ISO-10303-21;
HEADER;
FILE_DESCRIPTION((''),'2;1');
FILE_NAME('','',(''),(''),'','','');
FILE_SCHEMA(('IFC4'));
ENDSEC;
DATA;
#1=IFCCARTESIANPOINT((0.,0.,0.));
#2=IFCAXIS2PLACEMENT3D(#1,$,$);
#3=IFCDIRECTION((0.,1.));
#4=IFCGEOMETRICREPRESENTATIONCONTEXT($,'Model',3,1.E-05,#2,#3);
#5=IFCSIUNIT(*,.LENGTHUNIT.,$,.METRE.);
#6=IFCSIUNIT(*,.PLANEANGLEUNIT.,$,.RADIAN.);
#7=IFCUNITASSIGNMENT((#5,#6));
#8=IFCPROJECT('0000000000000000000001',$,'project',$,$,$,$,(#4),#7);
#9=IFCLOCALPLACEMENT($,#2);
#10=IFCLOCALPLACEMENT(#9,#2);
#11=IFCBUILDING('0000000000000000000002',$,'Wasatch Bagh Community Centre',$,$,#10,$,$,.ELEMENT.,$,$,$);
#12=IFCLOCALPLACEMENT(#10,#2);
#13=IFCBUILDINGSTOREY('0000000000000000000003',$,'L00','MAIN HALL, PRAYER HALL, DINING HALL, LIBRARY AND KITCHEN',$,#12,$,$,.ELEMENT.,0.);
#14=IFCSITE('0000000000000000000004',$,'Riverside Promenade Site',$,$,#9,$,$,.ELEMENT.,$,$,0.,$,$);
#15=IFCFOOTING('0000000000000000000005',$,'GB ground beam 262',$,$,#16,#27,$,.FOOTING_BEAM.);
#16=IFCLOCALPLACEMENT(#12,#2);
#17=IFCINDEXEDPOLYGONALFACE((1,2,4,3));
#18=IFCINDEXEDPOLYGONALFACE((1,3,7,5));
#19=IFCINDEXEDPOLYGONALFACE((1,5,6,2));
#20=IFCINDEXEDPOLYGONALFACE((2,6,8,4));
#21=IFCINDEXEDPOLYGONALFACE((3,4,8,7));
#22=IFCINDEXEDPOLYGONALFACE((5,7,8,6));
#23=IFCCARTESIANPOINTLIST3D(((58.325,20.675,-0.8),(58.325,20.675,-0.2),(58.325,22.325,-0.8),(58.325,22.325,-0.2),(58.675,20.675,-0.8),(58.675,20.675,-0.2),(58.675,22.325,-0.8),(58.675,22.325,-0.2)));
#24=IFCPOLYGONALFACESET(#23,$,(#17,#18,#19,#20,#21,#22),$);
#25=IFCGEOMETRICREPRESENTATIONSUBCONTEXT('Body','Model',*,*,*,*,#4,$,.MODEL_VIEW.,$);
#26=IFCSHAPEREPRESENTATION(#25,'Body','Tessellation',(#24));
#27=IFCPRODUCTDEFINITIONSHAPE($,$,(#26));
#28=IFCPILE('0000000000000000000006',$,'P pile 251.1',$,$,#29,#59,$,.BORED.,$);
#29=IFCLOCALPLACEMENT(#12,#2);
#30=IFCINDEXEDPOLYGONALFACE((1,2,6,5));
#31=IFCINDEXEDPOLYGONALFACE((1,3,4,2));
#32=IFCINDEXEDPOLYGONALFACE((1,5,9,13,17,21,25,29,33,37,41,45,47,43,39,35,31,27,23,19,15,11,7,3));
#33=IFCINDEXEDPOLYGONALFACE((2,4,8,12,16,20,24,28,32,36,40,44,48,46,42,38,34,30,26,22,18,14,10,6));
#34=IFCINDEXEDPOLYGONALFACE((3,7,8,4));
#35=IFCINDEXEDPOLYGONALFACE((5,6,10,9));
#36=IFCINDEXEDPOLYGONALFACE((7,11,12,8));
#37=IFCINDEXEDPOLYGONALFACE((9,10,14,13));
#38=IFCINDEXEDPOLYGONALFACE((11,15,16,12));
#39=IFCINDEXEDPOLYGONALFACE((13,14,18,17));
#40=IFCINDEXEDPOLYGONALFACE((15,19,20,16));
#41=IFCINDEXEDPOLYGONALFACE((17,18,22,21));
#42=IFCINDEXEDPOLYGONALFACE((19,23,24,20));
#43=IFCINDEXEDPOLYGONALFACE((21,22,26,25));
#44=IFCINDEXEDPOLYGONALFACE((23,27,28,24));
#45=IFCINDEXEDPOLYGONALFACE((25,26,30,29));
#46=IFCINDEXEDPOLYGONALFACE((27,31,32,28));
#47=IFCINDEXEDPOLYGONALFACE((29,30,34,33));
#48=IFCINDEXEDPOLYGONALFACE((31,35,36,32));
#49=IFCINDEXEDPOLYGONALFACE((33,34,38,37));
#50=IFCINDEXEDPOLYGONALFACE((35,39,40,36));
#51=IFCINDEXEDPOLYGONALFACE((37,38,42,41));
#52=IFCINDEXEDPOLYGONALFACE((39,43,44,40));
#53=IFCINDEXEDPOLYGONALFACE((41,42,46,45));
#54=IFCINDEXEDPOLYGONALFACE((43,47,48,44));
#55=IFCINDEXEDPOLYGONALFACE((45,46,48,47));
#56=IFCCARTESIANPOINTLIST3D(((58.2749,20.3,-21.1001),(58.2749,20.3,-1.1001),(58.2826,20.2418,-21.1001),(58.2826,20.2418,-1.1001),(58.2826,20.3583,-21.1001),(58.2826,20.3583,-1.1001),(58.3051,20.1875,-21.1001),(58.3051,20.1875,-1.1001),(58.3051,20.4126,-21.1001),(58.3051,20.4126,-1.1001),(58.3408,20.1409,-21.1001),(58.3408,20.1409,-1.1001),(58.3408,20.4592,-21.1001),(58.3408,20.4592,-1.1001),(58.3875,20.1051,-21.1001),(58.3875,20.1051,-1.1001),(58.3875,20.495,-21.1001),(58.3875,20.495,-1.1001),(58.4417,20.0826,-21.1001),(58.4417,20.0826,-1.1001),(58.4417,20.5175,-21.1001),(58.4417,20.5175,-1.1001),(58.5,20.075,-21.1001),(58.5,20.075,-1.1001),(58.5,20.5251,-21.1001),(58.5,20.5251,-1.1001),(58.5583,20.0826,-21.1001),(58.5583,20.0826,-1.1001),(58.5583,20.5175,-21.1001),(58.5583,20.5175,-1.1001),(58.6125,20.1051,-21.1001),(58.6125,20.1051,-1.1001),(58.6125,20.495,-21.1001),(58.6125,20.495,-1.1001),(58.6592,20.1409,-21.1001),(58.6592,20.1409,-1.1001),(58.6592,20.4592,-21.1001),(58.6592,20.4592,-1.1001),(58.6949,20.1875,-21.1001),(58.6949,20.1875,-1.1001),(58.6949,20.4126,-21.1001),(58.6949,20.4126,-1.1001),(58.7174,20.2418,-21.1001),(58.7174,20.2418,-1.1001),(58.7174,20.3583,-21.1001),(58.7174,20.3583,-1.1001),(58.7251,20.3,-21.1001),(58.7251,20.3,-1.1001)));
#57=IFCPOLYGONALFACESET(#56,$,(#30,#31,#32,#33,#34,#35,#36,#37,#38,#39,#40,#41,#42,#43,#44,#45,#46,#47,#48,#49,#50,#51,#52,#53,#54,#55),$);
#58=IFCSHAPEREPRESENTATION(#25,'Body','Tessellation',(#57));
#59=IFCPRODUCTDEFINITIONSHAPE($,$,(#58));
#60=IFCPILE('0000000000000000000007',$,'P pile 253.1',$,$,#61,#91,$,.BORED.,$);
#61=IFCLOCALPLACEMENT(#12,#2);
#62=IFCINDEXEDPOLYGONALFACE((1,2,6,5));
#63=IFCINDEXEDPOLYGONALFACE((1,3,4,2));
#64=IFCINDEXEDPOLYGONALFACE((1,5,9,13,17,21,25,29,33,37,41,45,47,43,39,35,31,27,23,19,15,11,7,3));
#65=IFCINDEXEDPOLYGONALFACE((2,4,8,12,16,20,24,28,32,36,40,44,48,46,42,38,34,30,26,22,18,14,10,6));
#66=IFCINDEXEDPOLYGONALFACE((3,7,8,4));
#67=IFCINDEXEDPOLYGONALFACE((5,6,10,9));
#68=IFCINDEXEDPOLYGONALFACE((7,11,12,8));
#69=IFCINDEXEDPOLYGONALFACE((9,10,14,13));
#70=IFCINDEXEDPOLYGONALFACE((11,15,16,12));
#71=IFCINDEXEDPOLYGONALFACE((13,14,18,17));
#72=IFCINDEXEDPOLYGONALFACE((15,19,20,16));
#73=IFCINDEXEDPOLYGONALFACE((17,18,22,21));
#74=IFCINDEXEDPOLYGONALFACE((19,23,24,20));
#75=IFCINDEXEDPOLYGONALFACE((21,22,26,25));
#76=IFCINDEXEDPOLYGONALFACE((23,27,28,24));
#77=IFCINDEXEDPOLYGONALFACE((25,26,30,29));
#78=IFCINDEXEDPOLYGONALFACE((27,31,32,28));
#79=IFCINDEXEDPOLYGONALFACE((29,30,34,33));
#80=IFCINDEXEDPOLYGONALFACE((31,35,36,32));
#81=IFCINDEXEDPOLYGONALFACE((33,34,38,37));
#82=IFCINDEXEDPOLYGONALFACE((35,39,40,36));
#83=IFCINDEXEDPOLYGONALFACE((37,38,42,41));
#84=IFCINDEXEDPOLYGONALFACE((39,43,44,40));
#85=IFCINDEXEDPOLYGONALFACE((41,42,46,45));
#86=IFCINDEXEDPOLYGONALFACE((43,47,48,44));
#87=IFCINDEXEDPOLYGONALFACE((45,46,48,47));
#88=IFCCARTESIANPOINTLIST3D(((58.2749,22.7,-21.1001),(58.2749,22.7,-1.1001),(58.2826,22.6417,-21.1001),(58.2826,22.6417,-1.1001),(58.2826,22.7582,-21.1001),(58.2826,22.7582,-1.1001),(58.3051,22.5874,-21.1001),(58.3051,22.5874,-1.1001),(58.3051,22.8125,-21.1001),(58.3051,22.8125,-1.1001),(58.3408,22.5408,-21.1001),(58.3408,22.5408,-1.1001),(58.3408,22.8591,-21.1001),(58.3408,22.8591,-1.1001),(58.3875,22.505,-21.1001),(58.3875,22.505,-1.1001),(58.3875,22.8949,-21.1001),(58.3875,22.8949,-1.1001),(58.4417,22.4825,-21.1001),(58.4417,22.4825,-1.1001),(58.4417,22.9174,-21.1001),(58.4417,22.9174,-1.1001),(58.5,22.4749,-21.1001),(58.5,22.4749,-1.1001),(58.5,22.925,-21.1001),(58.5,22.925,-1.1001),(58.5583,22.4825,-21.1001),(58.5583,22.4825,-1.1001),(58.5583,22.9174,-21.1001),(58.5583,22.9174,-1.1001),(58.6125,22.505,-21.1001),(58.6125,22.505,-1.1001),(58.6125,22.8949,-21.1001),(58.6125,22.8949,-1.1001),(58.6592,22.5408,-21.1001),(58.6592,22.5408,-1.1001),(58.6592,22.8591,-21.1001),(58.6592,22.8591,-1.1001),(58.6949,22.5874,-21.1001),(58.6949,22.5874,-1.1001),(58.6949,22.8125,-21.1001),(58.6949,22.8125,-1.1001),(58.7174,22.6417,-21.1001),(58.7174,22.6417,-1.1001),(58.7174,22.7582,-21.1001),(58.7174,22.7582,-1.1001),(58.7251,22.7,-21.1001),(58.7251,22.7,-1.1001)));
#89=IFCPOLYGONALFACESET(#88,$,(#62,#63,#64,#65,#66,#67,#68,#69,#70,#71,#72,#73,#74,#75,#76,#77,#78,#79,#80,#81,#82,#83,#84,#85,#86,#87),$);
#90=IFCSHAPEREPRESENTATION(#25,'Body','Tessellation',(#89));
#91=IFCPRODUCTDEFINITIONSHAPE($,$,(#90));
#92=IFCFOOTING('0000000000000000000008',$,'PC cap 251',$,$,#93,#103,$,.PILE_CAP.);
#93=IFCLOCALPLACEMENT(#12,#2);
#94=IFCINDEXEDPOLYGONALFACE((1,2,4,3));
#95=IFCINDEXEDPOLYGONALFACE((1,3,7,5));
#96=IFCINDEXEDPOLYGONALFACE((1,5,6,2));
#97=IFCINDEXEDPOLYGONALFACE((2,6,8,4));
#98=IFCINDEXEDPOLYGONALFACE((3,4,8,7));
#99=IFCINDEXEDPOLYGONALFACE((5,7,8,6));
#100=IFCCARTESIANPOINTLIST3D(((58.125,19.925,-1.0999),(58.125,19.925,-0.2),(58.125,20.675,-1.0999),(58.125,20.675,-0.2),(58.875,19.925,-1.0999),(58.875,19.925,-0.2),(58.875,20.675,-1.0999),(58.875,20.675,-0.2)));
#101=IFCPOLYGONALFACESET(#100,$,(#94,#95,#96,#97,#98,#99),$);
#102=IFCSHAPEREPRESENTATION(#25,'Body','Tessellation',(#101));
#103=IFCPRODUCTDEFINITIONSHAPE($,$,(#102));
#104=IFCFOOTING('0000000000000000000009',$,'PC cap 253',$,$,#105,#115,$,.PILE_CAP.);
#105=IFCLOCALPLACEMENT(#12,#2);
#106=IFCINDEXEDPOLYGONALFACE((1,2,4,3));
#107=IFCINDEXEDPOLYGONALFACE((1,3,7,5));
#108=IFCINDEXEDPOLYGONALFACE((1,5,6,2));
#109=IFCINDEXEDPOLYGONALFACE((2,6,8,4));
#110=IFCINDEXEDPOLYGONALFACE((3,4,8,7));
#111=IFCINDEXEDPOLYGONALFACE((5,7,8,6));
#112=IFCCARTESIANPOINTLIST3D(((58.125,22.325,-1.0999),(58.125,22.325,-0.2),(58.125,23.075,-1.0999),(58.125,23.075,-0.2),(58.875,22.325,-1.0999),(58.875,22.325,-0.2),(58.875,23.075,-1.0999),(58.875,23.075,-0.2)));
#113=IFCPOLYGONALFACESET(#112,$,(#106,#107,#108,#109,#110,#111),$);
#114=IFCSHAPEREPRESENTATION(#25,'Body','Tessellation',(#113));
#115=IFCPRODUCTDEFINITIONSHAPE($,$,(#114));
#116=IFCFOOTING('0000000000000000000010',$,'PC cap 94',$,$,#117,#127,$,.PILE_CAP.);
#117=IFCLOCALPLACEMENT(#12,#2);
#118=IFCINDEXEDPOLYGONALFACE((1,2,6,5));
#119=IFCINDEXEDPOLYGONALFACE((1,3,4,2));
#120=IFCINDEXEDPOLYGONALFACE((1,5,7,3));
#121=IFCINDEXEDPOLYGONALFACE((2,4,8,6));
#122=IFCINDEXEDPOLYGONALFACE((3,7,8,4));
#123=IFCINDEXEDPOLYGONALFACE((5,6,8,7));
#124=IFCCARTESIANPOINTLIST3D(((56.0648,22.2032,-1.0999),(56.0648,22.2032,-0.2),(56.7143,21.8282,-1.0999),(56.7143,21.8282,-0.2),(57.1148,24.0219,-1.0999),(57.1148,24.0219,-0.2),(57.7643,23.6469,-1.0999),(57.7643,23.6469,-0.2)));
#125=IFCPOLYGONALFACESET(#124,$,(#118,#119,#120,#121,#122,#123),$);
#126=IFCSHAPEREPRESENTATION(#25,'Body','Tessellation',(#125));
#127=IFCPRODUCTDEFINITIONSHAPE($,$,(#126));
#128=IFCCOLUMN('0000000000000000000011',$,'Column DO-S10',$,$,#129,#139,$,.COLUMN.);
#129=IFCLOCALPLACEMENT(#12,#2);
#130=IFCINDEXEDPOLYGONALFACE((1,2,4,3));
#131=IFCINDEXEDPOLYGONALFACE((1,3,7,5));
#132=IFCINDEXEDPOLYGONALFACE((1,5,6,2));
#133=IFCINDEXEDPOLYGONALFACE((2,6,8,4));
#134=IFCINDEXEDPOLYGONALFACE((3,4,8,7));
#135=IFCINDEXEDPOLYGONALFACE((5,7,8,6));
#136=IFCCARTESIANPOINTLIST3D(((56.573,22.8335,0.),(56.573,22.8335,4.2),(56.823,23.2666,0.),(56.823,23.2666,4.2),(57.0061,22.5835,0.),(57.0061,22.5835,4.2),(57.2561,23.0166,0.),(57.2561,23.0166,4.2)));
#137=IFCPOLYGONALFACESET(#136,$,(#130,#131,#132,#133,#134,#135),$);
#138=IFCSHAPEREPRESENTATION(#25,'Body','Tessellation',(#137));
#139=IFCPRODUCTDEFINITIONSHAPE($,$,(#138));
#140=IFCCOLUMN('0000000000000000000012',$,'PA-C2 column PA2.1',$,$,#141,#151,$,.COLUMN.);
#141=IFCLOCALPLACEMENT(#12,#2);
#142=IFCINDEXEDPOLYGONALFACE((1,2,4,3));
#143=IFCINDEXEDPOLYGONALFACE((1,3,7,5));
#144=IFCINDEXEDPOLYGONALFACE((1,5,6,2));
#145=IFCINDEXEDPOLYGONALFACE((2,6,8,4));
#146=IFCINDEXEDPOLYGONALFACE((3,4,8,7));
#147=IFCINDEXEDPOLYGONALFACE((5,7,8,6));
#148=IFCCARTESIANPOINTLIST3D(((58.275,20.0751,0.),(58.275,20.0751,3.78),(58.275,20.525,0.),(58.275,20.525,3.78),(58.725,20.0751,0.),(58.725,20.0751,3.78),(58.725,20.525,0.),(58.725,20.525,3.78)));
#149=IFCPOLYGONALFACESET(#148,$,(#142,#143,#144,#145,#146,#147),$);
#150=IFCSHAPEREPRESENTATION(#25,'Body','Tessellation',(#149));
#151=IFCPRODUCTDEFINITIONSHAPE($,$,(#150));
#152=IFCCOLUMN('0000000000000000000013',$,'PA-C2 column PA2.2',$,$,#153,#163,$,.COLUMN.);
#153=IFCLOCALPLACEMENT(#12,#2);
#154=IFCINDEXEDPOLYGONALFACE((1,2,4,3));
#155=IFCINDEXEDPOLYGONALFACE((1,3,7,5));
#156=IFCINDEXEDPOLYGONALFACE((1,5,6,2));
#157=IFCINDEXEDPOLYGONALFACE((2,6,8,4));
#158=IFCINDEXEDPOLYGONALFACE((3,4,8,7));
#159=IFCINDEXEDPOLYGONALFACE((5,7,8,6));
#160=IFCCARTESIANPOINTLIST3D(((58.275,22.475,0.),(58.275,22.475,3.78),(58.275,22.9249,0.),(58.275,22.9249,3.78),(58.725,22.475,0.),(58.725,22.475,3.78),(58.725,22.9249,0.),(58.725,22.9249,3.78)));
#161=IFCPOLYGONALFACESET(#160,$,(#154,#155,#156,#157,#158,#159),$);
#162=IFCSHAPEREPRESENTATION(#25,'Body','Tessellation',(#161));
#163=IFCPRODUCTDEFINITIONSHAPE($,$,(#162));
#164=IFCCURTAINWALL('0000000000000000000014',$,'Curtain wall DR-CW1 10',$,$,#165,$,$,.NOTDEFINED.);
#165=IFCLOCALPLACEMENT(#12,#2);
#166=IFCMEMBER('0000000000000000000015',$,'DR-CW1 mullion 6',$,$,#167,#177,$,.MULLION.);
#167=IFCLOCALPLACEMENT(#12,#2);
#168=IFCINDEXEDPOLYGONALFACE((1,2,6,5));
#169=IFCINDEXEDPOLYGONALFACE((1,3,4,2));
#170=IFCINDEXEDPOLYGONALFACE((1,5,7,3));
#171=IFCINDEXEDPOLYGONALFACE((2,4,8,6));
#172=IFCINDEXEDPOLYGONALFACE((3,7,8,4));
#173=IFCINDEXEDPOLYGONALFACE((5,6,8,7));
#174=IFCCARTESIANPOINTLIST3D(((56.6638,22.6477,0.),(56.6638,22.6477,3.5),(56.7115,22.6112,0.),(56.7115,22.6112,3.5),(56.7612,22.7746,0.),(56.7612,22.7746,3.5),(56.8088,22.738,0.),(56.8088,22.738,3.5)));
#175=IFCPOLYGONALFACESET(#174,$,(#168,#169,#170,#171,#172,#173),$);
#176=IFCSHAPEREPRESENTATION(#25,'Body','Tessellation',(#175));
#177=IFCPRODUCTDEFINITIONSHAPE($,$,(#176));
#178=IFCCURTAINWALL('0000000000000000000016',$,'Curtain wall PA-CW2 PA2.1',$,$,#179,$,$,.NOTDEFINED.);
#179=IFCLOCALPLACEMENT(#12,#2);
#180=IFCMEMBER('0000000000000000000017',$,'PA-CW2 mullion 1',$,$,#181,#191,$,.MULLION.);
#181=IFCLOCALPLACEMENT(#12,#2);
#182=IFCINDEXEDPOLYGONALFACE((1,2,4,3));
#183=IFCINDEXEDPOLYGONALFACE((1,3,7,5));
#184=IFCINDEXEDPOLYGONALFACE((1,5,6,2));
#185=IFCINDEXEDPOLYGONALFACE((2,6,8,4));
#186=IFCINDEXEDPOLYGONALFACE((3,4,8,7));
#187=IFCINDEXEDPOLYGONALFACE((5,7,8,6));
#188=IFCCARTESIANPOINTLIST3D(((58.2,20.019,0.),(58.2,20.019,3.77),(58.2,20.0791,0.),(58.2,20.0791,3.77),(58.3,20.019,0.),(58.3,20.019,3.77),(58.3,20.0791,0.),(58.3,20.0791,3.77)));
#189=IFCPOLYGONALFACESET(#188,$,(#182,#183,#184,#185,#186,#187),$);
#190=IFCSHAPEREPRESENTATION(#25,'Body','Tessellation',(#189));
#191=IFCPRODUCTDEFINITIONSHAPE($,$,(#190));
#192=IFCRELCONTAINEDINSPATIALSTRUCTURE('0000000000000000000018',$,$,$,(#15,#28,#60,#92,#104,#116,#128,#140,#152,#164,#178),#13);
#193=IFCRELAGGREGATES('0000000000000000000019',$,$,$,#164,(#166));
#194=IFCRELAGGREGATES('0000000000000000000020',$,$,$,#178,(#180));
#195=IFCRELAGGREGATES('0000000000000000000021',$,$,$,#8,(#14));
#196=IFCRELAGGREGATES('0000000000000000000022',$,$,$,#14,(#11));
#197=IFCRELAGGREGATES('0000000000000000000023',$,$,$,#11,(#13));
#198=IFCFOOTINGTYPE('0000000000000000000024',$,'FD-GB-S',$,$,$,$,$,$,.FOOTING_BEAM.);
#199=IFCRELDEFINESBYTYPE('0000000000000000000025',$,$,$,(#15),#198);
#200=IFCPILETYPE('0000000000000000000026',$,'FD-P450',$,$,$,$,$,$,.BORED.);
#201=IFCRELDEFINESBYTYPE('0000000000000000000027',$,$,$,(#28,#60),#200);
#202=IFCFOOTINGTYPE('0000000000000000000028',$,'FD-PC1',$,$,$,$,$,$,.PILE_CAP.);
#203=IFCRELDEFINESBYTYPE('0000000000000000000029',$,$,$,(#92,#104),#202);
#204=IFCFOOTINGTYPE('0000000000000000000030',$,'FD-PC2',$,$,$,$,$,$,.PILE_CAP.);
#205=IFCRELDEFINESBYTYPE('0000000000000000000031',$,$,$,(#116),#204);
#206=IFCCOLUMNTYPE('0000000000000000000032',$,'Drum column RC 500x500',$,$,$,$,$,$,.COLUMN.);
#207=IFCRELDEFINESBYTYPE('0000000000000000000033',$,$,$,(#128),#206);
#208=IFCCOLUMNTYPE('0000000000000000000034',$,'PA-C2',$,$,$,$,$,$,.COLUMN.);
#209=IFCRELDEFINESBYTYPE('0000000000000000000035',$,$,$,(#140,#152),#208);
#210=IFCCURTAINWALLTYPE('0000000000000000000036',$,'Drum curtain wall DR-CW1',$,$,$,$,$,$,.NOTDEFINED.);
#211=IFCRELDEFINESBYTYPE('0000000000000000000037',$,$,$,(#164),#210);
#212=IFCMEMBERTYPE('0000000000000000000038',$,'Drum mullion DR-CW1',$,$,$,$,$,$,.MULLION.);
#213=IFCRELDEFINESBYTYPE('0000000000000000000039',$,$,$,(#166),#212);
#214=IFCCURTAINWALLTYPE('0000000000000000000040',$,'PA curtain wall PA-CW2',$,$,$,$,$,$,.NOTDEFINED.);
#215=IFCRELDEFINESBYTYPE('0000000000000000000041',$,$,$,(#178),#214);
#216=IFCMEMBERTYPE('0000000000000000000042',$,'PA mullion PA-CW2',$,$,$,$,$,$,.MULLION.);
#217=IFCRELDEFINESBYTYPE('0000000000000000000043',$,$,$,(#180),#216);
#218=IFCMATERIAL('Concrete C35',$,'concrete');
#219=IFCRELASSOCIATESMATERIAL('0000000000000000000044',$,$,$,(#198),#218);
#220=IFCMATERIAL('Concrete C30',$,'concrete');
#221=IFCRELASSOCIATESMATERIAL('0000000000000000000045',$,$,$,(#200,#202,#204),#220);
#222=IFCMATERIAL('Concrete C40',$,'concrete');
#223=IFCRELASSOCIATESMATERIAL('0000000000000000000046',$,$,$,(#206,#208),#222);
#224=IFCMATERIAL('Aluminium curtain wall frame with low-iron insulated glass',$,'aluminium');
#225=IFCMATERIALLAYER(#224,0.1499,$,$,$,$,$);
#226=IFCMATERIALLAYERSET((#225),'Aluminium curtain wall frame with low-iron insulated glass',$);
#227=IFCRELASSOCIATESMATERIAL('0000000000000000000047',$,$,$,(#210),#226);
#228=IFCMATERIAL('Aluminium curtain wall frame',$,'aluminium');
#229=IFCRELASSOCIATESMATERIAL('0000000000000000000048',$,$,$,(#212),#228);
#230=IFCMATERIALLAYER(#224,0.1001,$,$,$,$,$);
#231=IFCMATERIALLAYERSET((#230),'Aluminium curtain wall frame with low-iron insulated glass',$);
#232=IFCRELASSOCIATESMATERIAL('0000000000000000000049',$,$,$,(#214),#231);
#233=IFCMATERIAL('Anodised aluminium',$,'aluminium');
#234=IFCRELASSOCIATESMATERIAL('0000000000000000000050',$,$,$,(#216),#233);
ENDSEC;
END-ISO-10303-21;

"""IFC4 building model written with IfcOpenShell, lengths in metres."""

from ifc_helpers import new_model, si_unit, direction, frame, origin, origin_2d, place, context, subcontext, project, spatial, rectangle, circle, extrude, material, layer, layer_set, material_profile, profile_set, type_object, element, aggregate, save


model = new_model("IFC4")

# Units and contexts
model_context = context("Model", 3, precision=1e-05, world=origin(), true_north=direction((0.0, 1.0)))
body_context = subcontext(model_context, "Body", "Model", "MODEL_VIEW")
ifc_project = project(units=[si_unit("LENGTHUNIT", "METRE"), si_unit("PLANEANGLEUNIT", "RADIAN")], contexts=[model_context])

# Site, building, storey
site_placement = place(None, origin())
site = spatial("IfcSite", under=ifc_project, at=site_placement, Name="Riverside Promenade Site", CompositionType="ELEMENT", RefElevation=0.0)
building_placement = place(site_placement, origin())
building = spatial("IfcBuilding", under=site, at=building_placement, Name="Wasatch Bagh Community Centre", CompositionType="ELEMENT")
storey_placement = place(building_placement, origin())
storey = spatial("IfcBuildingStorey", under=building, at=storey_placement, Name="L00", Description="MAIN HALL, PRAYER HALL, DINING HALL, LIBRARY AND KITCHEN", CompositionType="ELEMENT", Elevation=0.0)

# Footing
ifc_material_1 = material(Name="Concrete C35", Category="concrete")
footing_type_1 = type_object("IfcFootingType", Name="FD-GB-S", PredefinedType="FOOTING_BEAM", material=ifc_material_1)
footing_1_placement = place(storey_placement, frame((58.5, 21.5, -0.8), z_axis=(0.0, 0.0, 1.0), x_axis=(0.0, 1.0, 0.0)))
element("IfcFooting", 1, at=footing_1_placement, inside=storey, type_object=footing_type_1, Name="GB ground beam 262", PredefinedType="FOOTING_BEAM", context=body_context, shape_type="SweptSolid", body=[
    extrude(rectangle(XDim=1.6499, YDim=0.3501, at=origin_2d()), origin(), (0.0, 0.0, 1.0), 0.6001),
])

# Piles
ifc_material_2 = material(Name="Concrete C30", Category="concrete")
ifc_material_profile_1 = material_profile(ifc_material_2, circle(Radius=0.2251, at=origin_2d()), Name="RC D450")
ifc_profile_set_1 = profile_set([ifc_material_profile_1], Name="Concrete C30")
pile_type = type_object("IfcPileType", Name="FD-P450", PredefinedType="BORED", material=ifc_profile_set_1)
for number, where, z_axis, x_axis, name in (
    (2, (58.5, 20.3, -1.1001), (0.0, 0.0, -1.0), (1.0, 0.0, 0.0), "P pile 251.1"),
    (3, (58.5, 22.7, -1.1001), (0.0, 0.0, -1.0), (1.0, 0.0, 0.0), "P pile 253.1"),
):
    element("IfcPile", number, at=place(storey_placement, frame(where, z_axis=z_axis, x_axis=x_axis)), inside=storey, type_object=pile_type, Name=name, PredefinedType="BORED", context=body_context, shape_type="SweptSolid", body=[
        extrude(circle(Radius=0.2251, at=origin_2d()), origin(), (0.0, 0.0, 1.0), 20.0),
    ])

# Footings
footing_type_2 = type_object("IfcFootingType", Name="FD-PC1", PredefinedType="PILE_CAP", material=ifc_material_2)
for number, where, z_axis, x_axis, name in (
    (4, (58.5, 20.3, -1.0999), (0.0, 0.0, 1.0), (1.0, 0.0, 0.0), "PC cap 251"),
    (5, (58.5, 22.7, -1.0999), (0.0, 0.0, 1.0), (1.0, 0.0, 0.0), "PC cap 253"),
):
    element("IfcFooting", number, at=place(storey_placement, frame(where, z_axis=z_axis, x_axis=x_axis)), inside=storey, type_object=footing_type_2, Name=name, PredefinedType="PILE_CAP", context=body_context, shape_type="SweptSolid", body=[
        extrude(rectangle(XDim=0.75, YDim=0.75, at=origin_2d()), origin(), (0.0, 0.0, 1.0), 0.8999),
    ])
footing_type_3 = type_object("IfcFootingType", Name="FD-PC2", PredefinedType="PILE_CAP", material=ifc_material_2)
footing_2_placement = place(storey_placement, frame((56.9146, 22.925, -1.0999), z_axis=(0.0, 0.0, 1.0), x_axis=(0.5, 0.866025, 0.0)))
element("IfcFooting", 6, at=footing_2_placement, inside=storey, type_object=footing_type_3, Name="PC cap 94", PredefinedType="PILE_CAP", context=body_context, shape_type="SweptSolid", body=[
    extrude(rectangle(XDim=2.1001, YDim=0.75, at=origin_2d()), origin(), (0.0, 0.0, 1.0), 0.8999),
])

# Columns
ifc_material_3 = material(Name="Concrete C40", Category="concrete")
ifc_material_profile_2 = material_profile(ifc_material_3, rectangle(XDim=0.5, YDim=0.5, at=origin_2d()), Name="RC 500x500")
ifc_profile_set_2 = profile_set([ifc_material_profile_2], Name="Concrete C40")
column_type_1 = type_object("IfcColumnType", Name="Drum column RC 500x500", PredefinedType="COLUMN", material=ifc_profile_set_2)
column_placement = place(storey_placement, frame((56.9146, 22.925, 0.0), z_axis=(0.0, 0.0, 1.0), x_axis=(0.5, 0.866025, 0.0)))
element("IfcColumn", 7, at=column_placement, inside=storey, type_object=column_type_1, Name="Column DO-S10", PredefinedType="COLUMN", context=body_context, shape_type="SweptSolid", body=[
    extrude(rectangle(XDim=0.5, YDim=0.5, at=origin_2d()), origin(), (0.0, 0.0, 1.0), 4.2),
])
ifc_material_profile_3 = material_profile(ifc_material_3, rectangle(XDim=0.45, YDim=0.45, at=origin_2d()), Name="RC 450x450")
ifc_profile_set_3 = profile_set([ifc_material_profile_3], Name="Concrete C40")
column_type_2 = type_object("IfcColumnType", Name="PA-C2", PredefinedType="COLUMN", material=ifc_profile_set_3)
for number, where, z_axis, x_axis, name in (
    (8, (58.5, 20.3, 0.0), (0.0, 0.0, 1.0), (1.0, 0.0, 0.0), "PA-C2 column PA2.1"),
    (9, (58.5, 22.7, 0.0), (0.0, 0.0, 1.0), (1.0, 0.0, 0.0), "PA-C2 column PA2.2"),
):
    element("IfcColumn", number, at=place(storey_placement, frame(where, z_axis=z_axis, x_axis=x_axis)), inside=storey, type_object=column_type_2, Name=name, PredefinedType="COLUMN", context=body_context, shape_type="SweptSolid", body=[
        extrude(rectangle(XDim=0.45, YDim=0.45, at=origin_2d()), origin(), (0.0, 0.0, 1.0), 3.78),
    ])

# Curtain wall, member
ifc_material_4 = material(Name="Aluminium curtain wall frame with low-iron insulated glass", Category="aluminium")
ifc_layer_1 = layer(ifc_material_4, 0.1499)
ifc_layer_set_1 = layer_set([ifc_layer_1], Name="Aluminium curtain wall frame with low-iron insulated glass")
curtain_wall_type_1 = type_object("IfcCurtainWallType", Name="Drum curtain wall DR-CW1", PredefinedType="NOTDEFINED", material=ifc_layer_set_1)
curtain_wall_1_placement = place(storey_placement, origin())
curtain_wall_1 = element("IfcCurtainWall", 10, at=curtain_wall_1_placement, inside=storey, type_object=curtain_wall_type_1, Name="Curtain wall DR-CW1 10", PredefinedType="NOTDEFINED")
ifc_material_5 = material(Name="Aluminium curtain wall frame", Category="aluminium")
ifc_material_profile_4 = material_profile(ifc_material_5, rectangle(XDim=0.0601, YDim=0.1599, at=origin_2d()), Name="Drum mullion DR-CW1")
ifc_profile_set_4 = profile_set([ifc_material_profile_4], Name="Aluminium curtain wall frame")
member_type_1 = type_object("IfcMemberType", Name="Drum mullion DR-CW1", PredefinedType="MULLION", material=ifc_profile_set_4)
member_1_placement = place(storey_placement, frame((56.7363, 22.6929, 0.0), z_axis=(0.0, 0.0, 1.0), x_axis=(-0.793353, 0.608761, 0.0)))
member_1 = element("IfcMember", 11, at=member_1_placement, type_object=member_type_1, Name="DR-CW1 mullion 6", PredefinedType="MULLION", context=body_context, shape_type="SweptSolid", body=[
    extrude(rectangle(XDim=0.0601, YDim=0.1599, at=origin_2d()), origin(), (0.0, 0.0, 1.0), 3.5),
])
aggregate(curtain_wall_1, [member_1])

# Curtain wall, member
ifc_layer_2 = layer(ifc_material_4, 0.1001)
ifc_layer_set_2 = layer_set([ifc_layer_2], Name="Aluminium curtain wall frame with low-iron insulated glass")
curtain_wall_type_2 = type_object("IfcCurtainWallType", Name="PA curtain wall PA-CW2", PredefinedType="NOTDEFINED", material=ifc_layer_set_2)
curtain_wall_2_placement = place(storey_placement, origin())
curtain_wall_2 = element("IfcCurtainWall", 12, at=curtain_wall_2_placement, inside=storey, type_object=curtain_wall_type_2, Name="Curtain wall PA-CW2 PA2.1", PredefinedType="NOTDEFINED")
ifc_material_6 = material(Name="Anodised aluminium", Category="aluminium")
ifc_material_profile_5 = material_profile(ifc_material_6, rectangle(XDim=0.0601, YDim=0.1001, at=origin_2d()), Name="PA mullion PA-CW2")
ifc_profile_set_5 = profile_set([ifc_material_profile_5], Name="Anodised aluminium")
member_type_2 = type_object("IfcMemberType", Name="PA mullion PA-CW2", PredefinedType="MULLION", material=ifc_profile_set_5)
member_2_placement = place(storey_placement, frame((58.25, 20.0491, 0.0), z_axis=(0.0, 0.0, 1.0), x_axis=(0.0, 1.0, 0.0)))
member_2 = element("IfcMember", 13, at=member_2_placement, type_object=member_type_2, Name="PA-CW2 mullion 1", PredefinedType="MULLION", context=body_context, shape_type="SweptSolid", body=[
    extrude(rectangle(XDim=0.0601, YDim=0.1001, at=origin_2d()), origin(), (0.0, 0.0, 1.0), 3.77),
])

aggregate(curtain_wall_2, [member_2])

save(model, "model.ifc")
